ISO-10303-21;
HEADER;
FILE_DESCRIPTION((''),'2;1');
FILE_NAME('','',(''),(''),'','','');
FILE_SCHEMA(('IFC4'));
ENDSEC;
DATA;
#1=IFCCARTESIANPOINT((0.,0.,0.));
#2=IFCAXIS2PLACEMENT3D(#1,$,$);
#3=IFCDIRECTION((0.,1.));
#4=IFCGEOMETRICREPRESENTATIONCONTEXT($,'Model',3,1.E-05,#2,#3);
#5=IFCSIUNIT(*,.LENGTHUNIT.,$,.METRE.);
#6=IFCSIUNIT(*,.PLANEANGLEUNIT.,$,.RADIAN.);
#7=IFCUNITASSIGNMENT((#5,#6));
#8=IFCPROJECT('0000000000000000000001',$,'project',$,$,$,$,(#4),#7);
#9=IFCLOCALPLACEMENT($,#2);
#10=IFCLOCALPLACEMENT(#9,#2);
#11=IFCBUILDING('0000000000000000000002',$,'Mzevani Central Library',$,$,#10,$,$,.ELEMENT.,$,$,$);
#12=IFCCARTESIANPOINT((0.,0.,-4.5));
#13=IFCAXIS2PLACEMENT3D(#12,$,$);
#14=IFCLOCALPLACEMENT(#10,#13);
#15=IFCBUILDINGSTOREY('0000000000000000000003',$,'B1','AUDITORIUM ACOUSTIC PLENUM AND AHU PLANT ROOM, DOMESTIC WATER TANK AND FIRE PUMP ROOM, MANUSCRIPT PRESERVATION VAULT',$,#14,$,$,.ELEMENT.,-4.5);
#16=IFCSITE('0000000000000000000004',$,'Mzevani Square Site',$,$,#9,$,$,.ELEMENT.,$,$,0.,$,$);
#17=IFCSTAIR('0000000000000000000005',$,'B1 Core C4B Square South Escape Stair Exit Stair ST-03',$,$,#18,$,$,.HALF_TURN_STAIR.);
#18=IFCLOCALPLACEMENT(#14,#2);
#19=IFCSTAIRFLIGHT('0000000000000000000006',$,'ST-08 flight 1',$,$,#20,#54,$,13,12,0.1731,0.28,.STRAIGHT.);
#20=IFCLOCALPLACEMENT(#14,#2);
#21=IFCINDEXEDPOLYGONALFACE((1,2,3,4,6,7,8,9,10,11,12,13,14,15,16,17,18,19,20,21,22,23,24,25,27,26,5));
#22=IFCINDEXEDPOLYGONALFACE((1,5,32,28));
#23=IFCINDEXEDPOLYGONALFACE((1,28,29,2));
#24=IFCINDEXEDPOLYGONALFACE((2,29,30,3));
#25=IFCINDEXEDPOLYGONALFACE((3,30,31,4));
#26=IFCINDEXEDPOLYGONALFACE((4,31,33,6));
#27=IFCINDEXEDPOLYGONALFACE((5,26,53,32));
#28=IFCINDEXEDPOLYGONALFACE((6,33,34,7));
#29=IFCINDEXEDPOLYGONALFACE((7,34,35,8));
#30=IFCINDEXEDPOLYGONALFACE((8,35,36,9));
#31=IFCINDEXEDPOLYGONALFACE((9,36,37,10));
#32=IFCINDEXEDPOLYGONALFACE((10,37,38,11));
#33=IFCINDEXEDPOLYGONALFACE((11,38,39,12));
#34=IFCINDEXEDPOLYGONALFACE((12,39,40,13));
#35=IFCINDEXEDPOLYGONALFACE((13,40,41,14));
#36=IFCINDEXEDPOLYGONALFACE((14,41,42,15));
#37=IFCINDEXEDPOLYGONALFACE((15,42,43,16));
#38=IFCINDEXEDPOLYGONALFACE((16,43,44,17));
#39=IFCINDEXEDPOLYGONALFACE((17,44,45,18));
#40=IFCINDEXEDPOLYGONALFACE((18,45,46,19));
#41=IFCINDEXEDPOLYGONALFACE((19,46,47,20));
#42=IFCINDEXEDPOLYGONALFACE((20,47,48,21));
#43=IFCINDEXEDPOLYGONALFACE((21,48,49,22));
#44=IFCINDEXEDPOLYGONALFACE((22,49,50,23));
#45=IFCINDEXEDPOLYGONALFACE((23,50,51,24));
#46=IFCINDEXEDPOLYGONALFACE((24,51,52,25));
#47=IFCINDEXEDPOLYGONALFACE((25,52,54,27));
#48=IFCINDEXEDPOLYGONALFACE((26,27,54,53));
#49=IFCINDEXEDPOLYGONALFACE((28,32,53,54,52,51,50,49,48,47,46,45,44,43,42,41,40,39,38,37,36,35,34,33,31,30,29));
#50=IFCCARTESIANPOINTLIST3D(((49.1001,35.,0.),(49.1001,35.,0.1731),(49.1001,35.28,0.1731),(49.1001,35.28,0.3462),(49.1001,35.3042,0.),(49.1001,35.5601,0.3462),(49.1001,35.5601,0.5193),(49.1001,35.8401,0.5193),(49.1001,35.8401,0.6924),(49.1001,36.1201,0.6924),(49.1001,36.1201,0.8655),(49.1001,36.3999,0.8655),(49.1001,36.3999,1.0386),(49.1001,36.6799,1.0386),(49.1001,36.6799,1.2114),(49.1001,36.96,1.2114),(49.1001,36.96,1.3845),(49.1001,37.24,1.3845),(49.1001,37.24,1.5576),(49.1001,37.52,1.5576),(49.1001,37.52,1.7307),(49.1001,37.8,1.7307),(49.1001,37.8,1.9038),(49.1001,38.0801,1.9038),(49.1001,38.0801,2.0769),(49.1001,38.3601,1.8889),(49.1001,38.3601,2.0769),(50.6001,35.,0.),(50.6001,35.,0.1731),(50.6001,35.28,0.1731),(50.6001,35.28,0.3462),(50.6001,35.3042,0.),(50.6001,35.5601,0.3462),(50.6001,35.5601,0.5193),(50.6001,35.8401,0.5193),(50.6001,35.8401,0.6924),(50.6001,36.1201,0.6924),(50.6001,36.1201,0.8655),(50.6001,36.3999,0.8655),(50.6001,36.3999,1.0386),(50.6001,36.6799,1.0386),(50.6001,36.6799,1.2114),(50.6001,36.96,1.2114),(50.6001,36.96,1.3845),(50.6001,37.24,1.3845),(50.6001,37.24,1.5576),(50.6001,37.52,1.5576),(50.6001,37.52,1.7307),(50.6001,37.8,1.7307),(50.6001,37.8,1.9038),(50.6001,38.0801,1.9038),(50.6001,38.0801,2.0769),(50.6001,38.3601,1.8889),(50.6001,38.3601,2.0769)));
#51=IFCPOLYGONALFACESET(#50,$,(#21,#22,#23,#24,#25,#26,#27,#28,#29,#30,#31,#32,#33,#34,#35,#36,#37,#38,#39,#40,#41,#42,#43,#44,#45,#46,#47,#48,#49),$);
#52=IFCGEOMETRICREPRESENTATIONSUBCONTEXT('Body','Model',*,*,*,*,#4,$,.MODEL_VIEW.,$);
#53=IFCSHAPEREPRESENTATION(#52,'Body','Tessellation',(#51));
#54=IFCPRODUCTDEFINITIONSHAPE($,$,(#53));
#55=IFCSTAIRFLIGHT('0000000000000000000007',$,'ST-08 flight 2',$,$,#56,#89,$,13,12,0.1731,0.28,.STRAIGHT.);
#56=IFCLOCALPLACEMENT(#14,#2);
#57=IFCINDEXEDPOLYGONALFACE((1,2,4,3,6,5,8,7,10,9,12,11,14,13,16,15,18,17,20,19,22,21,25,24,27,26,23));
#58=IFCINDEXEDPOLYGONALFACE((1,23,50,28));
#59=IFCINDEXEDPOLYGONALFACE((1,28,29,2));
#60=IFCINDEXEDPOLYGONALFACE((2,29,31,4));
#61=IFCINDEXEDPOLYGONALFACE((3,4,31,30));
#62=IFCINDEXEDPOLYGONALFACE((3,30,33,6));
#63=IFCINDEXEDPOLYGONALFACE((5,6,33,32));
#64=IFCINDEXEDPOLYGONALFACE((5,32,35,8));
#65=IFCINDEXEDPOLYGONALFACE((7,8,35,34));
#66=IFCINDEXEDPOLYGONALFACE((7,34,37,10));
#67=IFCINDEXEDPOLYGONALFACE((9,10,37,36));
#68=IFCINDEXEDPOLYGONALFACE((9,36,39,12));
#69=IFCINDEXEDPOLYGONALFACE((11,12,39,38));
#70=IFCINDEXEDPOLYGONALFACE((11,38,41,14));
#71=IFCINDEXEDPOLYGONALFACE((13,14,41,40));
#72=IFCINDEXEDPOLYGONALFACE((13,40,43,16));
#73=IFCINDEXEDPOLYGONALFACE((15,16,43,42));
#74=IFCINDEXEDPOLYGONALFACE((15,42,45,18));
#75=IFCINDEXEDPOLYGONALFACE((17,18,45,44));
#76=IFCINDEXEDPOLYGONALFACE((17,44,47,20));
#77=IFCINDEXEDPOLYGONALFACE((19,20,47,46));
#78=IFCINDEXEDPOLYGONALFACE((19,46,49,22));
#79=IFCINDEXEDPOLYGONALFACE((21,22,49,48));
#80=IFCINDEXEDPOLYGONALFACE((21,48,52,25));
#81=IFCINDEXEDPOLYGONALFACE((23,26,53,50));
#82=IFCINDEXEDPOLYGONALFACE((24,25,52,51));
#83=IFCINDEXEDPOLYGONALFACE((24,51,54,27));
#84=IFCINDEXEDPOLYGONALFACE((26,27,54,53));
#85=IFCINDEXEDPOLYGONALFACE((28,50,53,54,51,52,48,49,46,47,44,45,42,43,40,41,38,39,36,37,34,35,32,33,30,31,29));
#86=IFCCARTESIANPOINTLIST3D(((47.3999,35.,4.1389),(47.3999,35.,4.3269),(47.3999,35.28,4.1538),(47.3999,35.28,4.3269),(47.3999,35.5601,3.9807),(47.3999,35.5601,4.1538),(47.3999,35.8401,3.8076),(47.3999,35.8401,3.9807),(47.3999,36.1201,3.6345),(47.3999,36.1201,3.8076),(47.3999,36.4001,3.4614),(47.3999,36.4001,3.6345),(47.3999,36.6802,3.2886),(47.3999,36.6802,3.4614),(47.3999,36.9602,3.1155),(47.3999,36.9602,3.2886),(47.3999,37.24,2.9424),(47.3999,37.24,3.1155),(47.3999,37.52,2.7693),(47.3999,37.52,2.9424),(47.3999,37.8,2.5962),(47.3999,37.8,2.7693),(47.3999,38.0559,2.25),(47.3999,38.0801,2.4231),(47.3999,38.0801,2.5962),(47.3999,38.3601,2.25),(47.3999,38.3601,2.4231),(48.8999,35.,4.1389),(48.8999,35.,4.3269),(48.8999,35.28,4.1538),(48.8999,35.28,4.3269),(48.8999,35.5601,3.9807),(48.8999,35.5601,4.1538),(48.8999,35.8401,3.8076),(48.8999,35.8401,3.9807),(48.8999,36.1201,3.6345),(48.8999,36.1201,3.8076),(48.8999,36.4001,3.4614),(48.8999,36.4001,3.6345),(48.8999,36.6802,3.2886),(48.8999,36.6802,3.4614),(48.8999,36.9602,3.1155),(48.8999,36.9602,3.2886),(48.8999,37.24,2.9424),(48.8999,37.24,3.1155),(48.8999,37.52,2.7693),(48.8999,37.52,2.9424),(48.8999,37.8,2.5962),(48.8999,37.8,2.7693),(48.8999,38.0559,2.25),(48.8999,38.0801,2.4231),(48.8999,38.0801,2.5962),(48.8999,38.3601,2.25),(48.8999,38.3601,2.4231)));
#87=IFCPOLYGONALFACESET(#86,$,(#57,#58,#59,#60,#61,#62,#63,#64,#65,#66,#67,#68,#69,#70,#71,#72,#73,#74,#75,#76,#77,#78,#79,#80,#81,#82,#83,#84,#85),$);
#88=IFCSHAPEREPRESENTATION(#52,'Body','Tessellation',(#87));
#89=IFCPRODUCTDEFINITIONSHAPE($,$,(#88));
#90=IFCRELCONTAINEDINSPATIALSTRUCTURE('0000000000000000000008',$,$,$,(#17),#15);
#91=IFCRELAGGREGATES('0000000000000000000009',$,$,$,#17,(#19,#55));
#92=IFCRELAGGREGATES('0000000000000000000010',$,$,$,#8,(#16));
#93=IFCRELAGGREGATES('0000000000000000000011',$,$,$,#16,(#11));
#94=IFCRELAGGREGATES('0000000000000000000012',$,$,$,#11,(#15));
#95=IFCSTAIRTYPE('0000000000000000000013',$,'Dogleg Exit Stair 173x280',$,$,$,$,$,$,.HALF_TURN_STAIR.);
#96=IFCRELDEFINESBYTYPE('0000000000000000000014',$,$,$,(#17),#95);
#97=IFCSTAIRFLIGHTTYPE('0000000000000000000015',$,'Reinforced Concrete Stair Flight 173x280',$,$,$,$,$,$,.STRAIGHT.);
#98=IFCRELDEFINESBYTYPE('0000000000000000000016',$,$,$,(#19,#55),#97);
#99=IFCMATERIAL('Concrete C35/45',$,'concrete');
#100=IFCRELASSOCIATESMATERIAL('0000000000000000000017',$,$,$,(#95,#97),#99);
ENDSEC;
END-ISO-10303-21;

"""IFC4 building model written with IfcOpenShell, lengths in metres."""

from ifc_helpers import new_model, si_unit, direction, frame, origin, place, context, subcontext, project, spatial, polyline, outline, extrude, material, type_object, element, aggregate, save


model = new_model("IFC4")

# Units and contexts
model_context = context("Model", 3, precision=1e-05, world=origin(), true_north=direction((0.0, 1.0)))
body_context = subcontext(model_context, "Body", "Model", "MODEL_VIEW")
ifc_project = project(units=[si_unit("LENGTHUNIT", "METRE"), si_unit("PLANEANGLEUNIT", "RADIAN")], contexts=[model_context])

# Site, building, storey
site_placement = place(None, origin())
site = spatial("IfcSite", under=ifc_project, at=site_placement, Name="Mzevani Square Site", CompositionType="ELEMENT", RefElevation=0.0)
building_placement = place(site_placement, origin())
building = spatial("IfcBuilding", under=site, at=building_placement, Name="Mzevani Central Library", CompositionType="ELEMENT")
storey_placement = place(building_placement, frame((0.0, 0.0, -4.5)))
storey = spatial("IfcBuildingStorey", under=building, at=storey_placement, Name="B1", Description="AUDITORIUM ACOUSTIC PLENUM AND AHU PLANT ROOM, DOMESTIC WATER TANK AND FIRE PUMP ROOM, MANUSCRIPT PRESERVATION VAULT", CompositionType="ELEMENT", Elevation=-4.5)

# Shared definitions
ifc_material_1 = material(Name="Concrete C35/45", Category="concrete")

# Stair, stair flights
stair_type = type_object("IfcStairType", Name="Dogleg Exit Stair 173x280", PredefinedType="HALF_TURN_STAIR", material=ifc_material_1)
stair_placement = place(storey_placement, origin())
stair = element("IfcStair", 1, at=stair_placement, inside=storey, type_object=stair_type, Name="B1 Core C4B Square South Escape Stair Exit Stair ST-03", PredefinedType="HALF_TURN_STAIR")
stair_flight_type = type_object("IfcStairFlightType", Name="Reinforced Concrete Stair Flight 173x280", PredefinedType="STRAIGHT", material=ifc_material_1)
stair_flight_1_placement = place(storey_placement, frame((49.8501, 35.0, 0.0), z_axis=(0.0, 0.0, 1.0), x_axis=(0.0, 1.0, 0.0)))
stair_flight_1 = element("IfcStairFlight", 2, at=stair_flight_1_placement, type_object=stair_flight_type, Name="ST-08 flight 1", NumberOfRisers=13, NumberOfTreads=12, PredefinedType="STRAIGHT", RiserHeight=0.1731, TreadLength=0.28, context=body_context, shape_type="SweptSolid", body=[
    extrude(outline(polyline([(0.0, 0.0), (0.0, 0.1731), (0.28, 0.1731), (0.28, 0.3462), (0.5601, 0.3462), (0.5601, 0.5193), (0.8401, 0.5193), (0.8401, 0.6924), (1.1201, 0.6924), (1.1201, 0.8655), (1.3999, 0.8655), (1.3999, 1.0386), (1.6799, 1.0386), (1.6799, 1.2114), (1.96, 1.2114), (1.96, 1.3845), (2.24, 1.3845), (2.24, 1.5576), (2.52, 1.5576), (2.52, 1.7307), (2.8, 1.7307), (2.8, 1.9038), (3.0801, 1.9038), (3.0801, 2.0769), (3.3601, 2.0769), (3.3601, 2.25), (3.3601, 1.8889), (0.3042, 0.0), (0.0, 0.0)])), frame((0.0, 0.75, 0.0), z_axis=(0.0, -1.0, 0.0), x_axis=(1.0, 0.0, 0.0)), (0.0, 0.0, 1.0), 1.5),
])
stair_flight_2_placement = place(storey_placement, frame((48.1499, 38.3601, 2.25), z_axis=(0.0, 0.0, 1.0), x_axis=(0.0, -1.0, 0.0)))
stair_flight_2 = element("IfcStairFlight", 3, at=stair_flight_2_placement, type_object=stair_flight_type, Name="ST-08 flight 2", NumberOfRisers=13, NumberOfTreads=12, PredefinedType="STRAIGHT", RiserHeight=0.1731, TreadLength=0.28, context=body_context, shape_type="SweptSolid", body=[
    extrude(outline(polyline([(0.0, 0.0), (0.0, 0.1731), (0.28, 0.1731), (0.28, 0.3462), (0.5601, 0.3462), (0.5601, 0.5193), (0.8401, 0.5193), (0.8401, 0.6924), (1.1201, 0.6924), (1.1201, 0.8655), (1.3999, 0.8655), (1.3999, 1.0386), (1.6799, 1.0386), (1.6799, 1.2114), (1.96, 1.2114), (1.96, 1.3845), (2.24, 1.3845), (2.24, 1.5576), (2.52, 1.5576), (2.52, 1.7307), (2.8, 1.7307), (2.8, 1.9038), (3.0801, 1.9038), (3.0801, 2.0769), (3.3601, 2.0769), (3.3601, 2.25), (3.3601, 1.8889), (0.3042, 0.0), (0.0, 0.0)])), frame((0.0, 0.75, 0.0), z_axis=(0.0, -1.0, 0.0), x_axis=(1.0, 0.0, 0.0)), (0.0, 0.0, 1.0), 1.5),
])
aggregate(stair, [stair_flight_1, stair_flight_2])

save(model, "model.ifc")
